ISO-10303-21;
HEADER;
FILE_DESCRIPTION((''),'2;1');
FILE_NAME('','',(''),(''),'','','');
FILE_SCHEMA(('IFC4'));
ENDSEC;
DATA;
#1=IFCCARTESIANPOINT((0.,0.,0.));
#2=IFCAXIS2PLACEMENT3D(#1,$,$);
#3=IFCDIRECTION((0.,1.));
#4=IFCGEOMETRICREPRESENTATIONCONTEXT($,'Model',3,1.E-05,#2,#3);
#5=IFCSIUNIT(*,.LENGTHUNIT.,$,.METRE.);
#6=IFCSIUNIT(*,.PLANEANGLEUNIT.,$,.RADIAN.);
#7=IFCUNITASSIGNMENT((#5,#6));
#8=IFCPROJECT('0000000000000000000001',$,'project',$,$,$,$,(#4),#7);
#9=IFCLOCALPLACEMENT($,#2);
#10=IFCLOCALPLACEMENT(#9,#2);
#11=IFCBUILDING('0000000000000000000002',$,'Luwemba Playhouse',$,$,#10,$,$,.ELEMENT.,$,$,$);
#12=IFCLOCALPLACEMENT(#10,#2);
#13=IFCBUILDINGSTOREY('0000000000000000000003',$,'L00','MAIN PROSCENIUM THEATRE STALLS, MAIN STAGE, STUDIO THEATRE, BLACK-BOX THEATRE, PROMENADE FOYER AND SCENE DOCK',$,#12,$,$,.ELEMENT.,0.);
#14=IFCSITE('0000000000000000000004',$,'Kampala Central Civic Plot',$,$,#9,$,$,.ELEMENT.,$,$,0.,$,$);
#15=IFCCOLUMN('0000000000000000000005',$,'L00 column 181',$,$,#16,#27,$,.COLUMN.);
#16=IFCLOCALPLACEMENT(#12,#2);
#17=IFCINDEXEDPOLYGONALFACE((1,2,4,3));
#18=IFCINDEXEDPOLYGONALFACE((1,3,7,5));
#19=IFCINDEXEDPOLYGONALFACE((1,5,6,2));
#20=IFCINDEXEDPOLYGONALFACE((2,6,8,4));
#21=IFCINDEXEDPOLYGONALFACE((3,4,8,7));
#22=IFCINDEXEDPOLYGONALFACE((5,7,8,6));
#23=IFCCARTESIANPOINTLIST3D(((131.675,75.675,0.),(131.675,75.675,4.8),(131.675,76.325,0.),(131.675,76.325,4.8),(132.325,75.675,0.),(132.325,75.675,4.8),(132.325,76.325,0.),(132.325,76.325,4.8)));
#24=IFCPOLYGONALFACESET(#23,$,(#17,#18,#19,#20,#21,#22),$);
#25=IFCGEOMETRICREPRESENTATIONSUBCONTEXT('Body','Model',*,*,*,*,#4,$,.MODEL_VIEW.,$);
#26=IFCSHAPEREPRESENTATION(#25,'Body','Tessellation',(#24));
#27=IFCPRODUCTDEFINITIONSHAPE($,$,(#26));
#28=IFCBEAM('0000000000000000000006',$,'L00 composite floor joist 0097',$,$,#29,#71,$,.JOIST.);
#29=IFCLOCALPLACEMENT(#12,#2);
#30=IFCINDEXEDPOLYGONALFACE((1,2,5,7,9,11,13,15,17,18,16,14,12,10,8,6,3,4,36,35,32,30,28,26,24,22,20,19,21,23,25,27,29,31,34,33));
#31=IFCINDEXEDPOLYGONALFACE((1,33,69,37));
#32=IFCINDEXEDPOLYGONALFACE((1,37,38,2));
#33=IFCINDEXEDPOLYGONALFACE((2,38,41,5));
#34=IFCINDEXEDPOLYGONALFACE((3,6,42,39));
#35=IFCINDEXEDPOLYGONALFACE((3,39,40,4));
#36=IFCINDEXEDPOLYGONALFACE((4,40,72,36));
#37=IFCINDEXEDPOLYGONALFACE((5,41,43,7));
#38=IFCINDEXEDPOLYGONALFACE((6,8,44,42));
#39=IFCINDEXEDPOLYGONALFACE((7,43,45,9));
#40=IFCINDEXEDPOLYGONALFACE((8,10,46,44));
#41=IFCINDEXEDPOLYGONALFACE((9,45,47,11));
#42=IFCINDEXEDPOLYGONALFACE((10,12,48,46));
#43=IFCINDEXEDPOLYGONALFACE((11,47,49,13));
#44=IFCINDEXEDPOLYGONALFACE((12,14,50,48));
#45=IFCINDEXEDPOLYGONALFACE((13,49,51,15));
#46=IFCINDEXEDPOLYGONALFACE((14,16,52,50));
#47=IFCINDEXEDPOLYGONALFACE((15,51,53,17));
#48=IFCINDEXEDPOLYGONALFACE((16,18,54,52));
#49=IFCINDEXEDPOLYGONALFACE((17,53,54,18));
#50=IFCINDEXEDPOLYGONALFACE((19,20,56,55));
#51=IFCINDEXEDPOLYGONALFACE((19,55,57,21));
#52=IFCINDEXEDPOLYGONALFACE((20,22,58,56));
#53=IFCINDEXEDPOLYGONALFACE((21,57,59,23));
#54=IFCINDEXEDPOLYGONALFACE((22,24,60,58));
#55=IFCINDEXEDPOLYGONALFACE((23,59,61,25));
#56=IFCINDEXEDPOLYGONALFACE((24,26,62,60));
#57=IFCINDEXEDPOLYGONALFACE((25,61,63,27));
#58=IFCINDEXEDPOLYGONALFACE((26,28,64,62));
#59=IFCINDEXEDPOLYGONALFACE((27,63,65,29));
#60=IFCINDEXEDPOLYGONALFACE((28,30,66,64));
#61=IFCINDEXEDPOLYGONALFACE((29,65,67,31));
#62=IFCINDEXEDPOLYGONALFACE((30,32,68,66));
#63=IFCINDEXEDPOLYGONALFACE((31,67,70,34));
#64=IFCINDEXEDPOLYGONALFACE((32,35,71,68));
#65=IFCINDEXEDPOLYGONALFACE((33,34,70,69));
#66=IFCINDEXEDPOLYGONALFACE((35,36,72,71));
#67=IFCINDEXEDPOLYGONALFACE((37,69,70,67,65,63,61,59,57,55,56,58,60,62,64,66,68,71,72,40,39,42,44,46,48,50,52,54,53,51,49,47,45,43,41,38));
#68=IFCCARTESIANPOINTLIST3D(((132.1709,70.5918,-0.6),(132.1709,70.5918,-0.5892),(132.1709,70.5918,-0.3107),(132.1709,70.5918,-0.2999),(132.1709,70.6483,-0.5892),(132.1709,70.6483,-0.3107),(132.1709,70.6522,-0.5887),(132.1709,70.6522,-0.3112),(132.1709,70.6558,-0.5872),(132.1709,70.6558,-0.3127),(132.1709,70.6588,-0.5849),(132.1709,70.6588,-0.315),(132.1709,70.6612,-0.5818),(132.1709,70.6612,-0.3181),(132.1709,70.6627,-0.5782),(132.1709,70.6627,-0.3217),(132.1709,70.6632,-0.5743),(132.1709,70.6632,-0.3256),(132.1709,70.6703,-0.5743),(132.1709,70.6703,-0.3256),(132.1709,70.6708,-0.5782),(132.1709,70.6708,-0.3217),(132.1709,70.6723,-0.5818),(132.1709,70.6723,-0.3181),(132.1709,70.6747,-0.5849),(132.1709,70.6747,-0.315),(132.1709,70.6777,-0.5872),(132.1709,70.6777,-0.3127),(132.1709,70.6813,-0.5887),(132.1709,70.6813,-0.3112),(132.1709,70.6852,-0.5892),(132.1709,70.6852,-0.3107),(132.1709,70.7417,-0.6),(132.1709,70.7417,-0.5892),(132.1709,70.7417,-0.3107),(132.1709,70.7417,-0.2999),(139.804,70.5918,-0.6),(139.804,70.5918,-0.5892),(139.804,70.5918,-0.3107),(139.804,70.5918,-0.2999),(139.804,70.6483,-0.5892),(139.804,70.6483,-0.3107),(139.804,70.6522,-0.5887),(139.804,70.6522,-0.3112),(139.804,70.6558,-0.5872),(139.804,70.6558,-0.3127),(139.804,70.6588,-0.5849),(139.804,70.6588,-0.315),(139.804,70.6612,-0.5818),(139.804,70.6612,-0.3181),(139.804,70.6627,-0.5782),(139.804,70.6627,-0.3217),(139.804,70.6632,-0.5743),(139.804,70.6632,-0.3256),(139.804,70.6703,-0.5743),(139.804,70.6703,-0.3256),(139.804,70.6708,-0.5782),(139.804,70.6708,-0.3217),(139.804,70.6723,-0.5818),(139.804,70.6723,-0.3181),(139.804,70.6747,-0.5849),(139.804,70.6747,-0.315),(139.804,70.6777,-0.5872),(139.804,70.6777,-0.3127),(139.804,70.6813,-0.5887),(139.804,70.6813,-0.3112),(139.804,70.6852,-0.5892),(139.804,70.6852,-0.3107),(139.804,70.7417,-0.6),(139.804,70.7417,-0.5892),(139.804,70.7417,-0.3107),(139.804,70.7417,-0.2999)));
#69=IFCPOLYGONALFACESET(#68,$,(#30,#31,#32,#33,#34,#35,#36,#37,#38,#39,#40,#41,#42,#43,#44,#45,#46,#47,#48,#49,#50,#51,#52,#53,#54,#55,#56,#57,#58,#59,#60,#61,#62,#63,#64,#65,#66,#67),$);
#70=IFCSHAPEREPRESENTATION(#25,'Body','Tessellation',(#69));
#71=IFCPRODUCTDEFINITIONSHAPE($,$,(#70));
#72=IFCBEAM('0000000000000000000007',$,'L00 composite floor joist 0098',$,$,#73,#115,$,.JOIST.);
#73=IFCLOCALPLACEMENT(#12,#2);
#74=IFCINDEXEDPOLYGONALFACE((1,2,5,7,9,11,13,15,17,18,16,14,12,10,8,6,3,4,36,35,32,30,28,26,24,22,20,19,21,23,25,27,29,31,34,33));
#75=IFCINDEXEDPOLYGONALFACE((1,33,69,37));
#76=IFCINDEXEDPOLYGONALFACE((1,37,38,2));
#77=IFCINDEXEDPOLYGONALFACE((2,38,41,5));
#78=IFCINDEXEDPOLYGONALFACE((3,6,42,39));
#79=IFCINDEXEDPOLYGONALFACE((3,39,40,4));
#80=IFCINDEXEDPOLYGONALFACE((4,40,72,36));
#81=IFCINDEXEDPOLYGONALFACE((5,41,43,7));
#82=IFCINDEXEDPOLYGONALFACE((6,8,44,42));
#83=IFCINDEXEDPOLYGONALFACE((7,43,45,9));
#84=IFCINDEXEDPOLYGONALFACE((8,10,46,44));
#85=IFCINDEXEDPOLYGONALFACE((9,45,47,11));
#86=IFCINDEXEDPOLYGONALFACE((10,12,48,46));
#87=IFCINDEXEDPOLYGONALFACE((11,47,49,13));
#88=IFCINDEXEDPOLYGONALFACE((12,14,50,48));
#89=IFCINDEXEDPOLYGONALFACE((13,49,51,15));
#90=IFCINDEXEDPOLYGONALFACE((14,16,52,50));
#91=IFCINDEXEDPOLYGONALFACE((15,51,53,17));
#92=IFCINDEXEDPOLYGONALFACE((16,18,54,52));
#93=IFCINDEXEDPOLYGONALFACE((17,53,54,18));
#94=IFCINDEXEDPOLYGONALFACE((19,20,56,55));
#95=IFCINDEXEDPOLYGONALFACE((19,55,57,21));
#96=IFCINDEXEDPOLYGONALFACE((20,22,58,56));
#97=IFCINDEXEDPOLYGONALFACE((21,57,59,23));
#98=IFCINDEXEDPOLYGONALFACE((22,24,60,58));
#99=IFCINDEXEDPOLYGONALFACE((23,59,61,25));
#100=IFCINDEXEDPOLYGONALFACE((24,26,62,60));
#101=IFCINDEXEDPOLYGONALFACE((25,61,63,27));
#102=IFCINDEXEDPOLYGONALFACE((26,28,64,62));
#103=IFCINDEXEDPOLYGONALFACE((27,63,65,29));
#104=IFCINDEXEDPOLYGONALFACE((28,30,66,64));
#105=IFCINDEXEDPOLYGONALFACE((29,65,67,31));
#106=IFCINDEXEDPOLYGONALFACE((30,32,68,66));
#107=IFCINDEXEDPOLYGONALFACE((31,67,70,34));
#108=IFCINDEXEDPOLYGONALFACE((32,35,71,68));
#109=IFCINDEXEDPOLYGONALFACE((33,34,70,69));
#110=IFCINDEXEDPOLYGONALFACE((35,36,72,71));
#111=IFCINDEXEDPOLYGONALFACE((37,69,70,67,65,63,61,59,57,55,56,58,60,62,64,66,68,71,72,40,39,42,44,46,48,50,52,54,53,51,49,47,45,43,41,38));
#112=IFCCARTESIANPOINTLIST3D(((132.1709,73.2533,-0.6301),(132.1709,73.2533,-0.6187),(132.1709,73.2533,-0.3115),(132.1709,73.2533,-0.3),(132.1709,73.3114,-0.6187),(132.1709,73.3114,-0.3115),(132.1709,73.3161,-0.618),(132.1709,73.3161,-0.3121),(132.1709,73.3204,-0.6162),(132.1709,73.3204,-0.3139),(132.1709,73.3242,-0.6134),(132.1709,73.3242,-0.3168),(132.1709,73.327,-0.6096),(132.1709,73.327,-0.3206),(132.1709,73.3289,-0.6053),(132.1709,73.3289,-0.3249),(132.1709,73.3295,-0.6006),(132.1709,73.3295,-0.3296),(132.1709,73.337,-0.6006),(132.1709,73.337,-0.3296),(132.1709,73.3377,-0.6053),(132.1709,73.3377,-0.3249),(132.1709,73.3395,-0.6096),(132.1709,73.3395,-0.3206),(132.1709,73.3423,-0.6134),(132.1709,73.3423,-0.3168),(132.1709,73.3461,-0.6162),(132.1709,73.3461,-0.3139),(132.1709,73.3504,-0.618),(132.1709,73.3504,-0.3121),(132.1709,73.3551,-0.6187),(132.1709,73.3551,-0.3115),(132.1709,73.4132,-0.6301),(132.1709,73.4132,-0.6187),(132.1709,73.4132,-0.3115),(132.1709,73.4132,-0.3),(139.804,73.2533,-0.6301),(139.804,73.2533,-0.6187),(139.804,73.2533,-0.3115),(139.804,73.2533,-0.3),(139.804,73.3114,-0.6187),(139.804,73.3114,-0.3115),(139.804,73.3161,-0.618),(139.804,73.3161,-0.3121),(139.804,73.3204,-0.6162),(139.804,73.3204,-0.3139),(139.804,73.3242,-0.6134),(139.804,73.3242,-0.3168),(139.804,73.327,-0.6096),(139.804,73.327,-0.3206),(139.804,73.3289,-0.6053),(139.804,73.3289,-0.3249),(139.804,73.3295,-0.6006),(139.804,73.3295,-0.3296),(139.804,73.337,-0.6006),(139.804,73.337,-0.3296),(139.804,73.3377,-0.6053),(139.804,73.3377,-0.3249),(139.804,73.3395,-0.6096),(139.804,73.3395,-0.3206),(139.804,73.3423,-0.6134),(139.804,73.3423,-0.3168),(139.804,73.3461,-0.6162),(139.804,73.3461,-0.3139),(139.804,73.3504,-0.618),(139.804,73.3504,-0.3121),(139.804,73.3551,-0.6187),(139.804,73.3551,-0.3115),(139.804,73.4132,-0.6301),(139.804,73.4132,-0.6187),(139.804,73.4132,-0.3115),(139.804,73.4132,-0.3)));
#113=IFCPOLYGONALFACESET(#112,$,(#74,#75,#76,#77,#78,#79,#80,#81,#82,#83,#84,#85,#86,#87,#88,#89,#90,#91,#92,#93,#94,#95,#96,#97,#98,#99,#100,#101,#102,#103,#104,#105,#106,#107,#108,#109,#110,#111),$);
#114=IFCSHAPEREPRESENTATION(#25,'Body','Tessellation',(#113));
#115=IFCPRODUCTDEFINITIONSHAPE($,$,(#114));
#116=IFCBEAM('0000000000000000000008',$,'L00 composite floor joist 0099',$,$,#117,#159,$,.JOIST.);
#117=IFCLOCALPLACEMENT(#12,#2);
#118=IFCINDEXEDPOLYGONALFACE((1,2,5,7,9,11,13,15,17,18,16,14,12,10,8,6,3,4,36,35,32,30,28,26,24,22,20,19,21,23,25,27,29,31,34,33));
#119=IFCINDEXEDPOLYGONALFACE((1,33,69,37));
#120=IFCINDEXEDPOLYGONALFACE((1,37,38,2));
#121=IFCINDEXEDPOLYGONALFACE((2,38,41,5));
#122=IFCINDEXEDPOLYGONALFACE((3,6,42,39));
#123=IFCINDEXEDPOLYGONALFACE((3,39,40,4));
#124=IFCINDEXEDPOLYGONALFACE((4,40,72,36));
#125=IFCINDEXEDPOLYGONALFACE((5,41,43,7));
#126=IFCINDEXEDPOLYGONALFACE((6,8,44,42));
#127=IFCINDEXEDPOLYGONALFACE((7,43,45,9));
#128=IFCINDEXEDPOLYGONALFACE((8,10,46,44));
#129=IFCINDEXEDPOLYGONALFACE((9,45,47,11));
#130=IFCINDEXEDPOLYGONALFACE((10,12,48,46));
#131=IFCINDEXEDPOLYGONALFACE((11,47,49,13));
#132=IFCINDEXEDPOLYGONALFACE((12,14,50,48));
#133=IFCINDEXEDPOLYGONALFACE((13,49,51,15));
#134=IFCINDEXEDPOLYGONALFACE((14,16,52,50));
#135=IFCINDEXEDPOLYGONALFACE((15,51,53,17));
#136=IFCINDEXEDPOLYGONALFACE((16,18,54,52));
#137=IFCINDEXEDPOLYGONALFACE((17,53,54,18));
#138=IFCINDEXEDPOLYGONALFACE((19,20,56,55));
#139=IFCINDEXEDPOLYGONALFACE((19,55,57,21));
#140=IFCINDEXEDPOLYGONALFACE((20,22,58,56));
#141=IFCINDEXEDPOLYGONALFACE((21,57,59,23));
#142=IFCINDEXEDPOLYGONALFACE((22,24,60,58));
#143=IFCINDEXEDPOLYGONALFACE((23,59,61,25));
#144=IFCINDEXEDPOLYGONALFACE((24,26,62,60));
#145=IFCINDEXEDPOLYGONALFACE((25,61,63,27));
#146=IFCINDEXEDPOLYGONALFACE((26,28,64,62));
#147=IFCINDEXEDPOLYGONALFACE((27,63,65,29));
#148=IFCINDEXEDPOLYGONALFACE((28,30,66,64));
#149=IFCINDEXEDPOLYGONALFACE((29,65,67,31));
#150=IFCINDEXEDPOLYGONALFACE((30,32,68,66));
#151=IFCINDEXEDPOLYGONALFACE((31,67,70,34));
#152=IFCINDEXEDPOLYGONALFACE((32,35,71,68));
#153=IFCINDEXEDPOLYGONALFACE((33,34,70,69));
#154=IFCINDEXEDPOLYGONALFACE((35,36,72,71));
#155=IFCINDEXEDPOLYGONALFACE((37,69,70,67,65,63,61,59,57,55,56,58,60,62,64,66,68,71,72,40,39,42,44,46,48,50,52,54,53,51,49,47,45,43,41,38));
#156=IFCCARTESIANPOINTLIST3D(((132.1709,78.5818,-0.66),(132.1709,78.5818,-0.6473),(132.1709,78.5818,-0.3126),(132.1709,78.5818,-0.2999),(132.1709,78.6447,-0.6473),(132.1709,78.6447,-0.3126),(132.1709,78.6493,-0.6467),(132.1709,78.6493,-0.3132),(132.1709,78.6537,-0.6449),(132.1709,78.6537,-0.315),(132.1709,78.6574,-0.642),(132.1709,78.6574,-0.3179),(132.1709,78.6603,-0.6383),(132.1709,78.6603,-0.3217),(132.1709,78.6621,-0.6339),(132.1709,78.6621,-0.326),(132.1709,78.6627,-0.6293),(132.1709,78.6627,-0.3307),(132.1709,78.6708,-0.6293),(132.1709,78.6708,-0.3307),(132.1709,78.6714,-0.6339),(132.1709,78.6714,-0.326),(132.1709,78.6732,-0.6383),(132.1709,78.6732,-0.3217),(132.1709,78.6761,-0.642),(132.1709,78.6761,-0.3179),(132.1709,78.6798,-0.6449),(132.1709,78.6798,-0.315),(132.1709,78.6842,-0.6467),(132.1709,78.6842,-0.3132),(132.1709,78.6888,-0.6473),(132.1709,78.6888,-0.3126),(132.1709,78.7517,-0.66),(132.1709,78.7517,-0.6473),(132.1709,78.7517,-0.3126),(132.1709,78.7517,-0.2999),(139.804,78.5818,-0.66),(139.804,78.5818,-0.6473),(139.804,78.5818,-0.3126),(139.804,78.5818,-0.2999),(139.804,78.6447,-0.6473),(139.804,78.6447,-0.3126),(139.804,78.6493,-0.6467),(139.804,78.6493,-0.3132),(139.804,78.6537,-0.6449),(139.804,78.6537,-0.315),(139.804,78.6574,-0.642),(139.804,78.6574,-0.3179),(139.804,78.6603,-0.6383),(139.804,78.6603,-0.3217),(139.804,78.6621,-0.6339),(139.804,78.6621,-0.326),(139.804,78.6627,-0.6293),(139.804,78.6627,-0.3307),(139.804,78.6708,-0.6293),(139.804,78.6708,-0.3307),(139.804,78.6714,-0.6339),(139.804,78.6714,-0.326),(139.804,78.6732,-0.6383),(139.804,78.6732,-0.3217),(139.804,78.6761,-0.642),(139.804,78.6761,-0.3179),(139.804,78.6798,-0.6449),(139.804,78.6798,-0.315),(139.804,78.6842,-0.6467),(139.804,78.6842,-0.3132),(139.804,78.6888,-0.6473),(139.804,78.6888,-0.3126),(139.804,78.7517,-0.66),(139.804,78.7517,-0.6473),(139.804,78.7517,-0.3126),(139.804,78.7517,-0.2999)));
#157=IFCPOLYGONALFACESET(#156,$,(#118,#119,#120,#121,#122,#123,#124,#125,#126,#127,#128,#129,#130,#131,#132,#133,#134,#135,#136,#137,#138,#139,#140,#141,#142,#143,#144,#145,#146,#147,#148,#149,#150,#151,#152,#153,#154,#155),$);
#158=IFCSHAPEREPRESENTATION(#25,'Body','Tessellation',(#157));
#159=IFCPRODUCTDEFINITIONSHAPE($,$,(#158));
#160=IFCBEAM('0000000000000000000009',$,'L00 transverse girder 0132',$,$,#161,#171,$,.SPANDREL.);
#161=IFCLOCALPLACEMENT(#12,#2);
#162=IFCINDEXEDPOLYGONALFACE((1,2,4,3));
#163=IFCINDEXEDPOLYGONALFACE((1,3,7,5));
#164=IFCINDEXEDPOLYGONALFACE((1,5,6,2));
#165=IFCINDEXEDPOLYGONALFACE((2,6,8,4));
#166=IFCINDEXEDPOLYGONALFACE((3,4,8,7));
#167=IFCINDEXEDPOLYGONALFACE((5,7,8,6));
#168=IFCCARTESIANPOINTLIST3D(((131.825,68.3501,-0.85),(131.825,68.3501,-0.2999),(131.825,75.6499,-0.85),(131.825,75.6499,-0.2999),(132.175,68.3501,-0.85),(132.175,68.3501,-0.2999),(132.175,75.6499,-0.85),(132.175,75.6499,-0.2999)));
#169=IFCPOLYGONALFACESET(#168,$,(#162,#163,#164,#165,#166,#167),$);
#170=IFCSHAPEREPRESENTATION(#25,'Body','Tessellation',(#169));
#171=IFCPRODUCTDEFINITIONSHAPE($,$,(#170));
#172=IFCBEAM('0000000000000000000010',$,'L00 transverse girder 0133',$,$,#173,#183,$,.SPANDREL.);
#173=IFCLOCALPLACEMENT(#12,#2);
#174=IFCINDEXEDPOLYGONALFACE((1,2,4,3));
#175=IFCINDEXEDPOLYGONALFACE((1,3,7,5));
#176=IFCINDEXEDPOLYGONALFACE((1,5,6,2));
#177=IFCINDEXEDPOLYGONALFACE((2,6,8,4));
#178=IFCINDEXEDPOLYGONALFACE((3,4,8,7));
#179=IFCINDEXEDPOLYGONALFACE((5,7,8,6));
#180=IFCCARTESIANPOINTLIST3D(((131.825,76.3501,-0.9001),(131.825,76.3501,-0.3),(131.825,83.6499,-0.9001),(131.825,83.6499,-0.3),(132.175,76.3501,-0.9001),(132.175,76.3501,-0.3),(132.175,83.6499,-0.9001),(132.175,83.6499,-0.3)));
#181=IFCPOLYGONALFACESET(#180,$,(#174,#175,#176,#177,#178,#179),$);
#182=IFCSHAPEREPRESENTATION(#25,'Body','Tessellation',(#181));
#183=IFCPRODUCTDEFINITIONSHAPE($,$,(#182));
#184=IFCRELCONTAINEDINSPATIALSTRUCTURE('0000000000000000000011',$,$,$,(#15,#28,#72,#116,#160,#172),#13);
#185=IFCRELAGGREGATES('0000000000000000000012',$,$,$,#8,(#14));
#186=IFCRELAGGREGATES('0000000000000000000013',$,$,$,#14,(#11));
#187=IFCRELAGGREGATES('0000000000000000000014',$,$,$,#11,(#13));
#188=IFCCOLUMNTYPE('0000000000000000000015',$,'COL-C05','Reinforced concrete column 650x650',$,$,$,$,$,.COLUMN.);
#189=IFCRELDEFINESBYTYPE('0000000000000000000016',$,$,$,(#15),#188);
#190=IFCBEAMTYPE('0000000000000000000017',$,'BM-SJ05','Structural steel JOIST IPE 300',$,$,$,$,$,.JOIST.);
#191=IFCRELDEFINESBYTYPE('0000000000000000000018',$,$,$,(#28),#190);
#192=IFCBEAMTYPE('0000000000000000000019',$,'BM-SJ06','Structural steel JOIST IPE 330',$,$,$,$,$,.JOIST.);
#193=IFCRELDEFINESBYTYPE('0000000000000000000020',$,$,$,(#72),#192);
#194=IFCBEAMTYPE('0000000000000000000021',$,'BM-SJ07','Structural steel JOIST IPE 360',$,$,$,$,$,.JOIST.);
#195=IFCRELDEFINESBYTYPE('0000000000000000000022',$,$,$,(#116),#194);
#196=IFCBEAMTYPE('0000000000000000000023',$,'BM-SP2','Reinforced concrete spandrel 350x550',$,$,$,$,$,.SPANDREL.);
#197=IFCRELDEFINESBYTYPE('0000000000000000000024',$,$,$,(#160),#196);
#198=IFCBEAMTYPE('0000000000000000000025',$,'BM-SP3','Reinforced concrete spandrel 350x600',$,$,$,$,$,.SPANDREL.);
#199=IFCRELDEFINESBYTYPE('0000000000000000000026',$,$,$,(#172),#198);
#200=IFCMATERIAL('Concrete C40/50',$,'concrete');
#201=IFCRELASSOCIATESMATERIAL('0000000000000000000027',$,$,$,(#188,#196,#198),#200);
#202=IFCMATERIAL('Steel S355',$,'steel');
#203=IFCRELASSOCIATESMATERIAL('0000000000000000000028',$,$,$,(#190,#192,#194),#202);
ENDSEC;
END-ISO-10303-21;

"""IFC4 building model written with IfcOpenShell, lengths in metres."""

from ifc_helpers import new_model, si_unit, direction, frame, origin, origin_2d, place, context, subcontext, project, spatial, rectangle, i_section, extrude, material, material_profile, profile_set, type_object, element, save


model = new_model("IFC4")

# Units and contexts
model_context = context("Model", 3, precision=1e-05, world=origin(), true_north=direction((0.0, 1.0)))
body_context = subcontext(model_context, "Body", "Model", "MODEL_VIEW")
ifc_project = project(units=[si_unit("LENGTHUNIT", "METRE"), si_unit("PLANEANGLEUNIT", "RADIAN")], contexts=[model_context])

# Site, building, storey
site_placement = place(None, origin())
site = spatial("IfcSite", under=ifc_project, at=site_placement, Name="Kampala Central Civic Plot", CompositionType="ELEMENT", RefElevation=0.0)
building_placement = place(site_placement, origin())
building = spatial("IfcBuilding", under=site, at=building_placement, Name="Luwemba Playhouse", CompositionType="ELEMENT")
storey_placement = place(building_placement, origin())
storey = spatial("IfcBuildingStorey", under=building, at=storey_placement, Name="L00", Description="MAIN PROSCENIUM THEATRE STALLS, MAIN STAGE, STUDIO THEATRE, BLACK-BOX THEATRE, PROMENADE FOYER AND SCENE DOCK", CompositionType="ELEMENT", Elevation=0.0)

# Column
ifc_material_1 = material(Name="Concrete C40/50", Category="concrete")
ifc_material_profile_1 = material_profile(ifc_material_1, rectangle(XDim=0.6499, YDim=0.6499, at=origin_2d()))
ifc_profile_set_1 = profile_set([ifc_material_profile_1], Name="Concrete C40/50")
column_type = type_object("IfcColumnType", Name="COL-C05", Description="Reinforced concrete column 650x650", PredefinedType="COLUMN", material=ifc_profile_set_1)
column_placement = place(storey_placement, frame((132.0, 76.0, 0.0), z_axis=(0.0, 0.0, 1.0), x_axis=(1.0, 0.0, 0.0)))
element("IfcColumn", 1, at=column_placement, inside=storey, type_object=column_type, Name="L00 column 181", PredefinedType="COLUMN", context=body_context, shape_type="SweptSolid", body=[
    extrude(rectangle(XDim=0.6499, YDim=0.6499, at=origin_2d()), origin(), (0.0, 0.0, 1.0), 4.8),
])

# Beams
ifc_material_2 = material(Name="Steel S355", Category="steel")
ifc_material_profile_2 = material_profile(ifc_material_2, i_section(OverallWidth=0.1499, OverallDepth=0.3, WebThickness=0.0071, FlangeThickness=0.0107, FilletRadius=0.0149, at=origin_2d()))
ifc_profile_set_2 = profile_set([ifc_material_profile_2], Name="Steel S355")
beam_type_1 = type_object("IfcBeamType", Name="BM-SJ05", Description="Structural steel JOIST IPE 300", PredefinedType="JOIST", material=ifc_profile_set_2)
beam_1_placement = place(storey_placement, frame((132.1709, 70.6667, -0.45), z_axis=(1.0, 0.0, 0.0), x_axis=(0.0, 1.0, 0.0)))
element("IfcBeam", 2, at=beam_1_placement, inside=storey, type_object=beam_type_1, Name="L00 composite floor joist 0097", PredefinedType="JOIST", context=body_context, shape_type="SweptSolid", body=[
    extrude(i_section(OverallWidth=0.1499, OverallDepth=0.3, WebThickness=0.0071, FlangeThickness=0.0107, FilletRadius=0.0149, at=origin_2d()), origin(), (0.0, 0.0, 1.0), 7.6331),
])
ifc_material_profile_3 = material_profile(ifc_material_2, i_section(OverallWidth=0.1599, OverallDepth=0.3301, WebThickness=0.0076, FlangeThickness=0.0115, FilletRadius=0.0181, at=origin_2d()))
ifc_profile_set_3 = profile_set([ifc_material_profile_3], Name="Steel S355")
beam_type_2 = type_object("IfcBeamType", Name="BM-SJ06", Description="Structural steel JOIST IPE 330", PredefinedType="JOIST", material=ifc_profile_set_3)
beam_2_placement = place(storey_placement, frame((132.1709, 73.3333, -0.4651), z_axis=(1.0, 0.0, 0.0), x_axis=(0.0, 1.0, 0.0)))
element("IfcBeam", 3, at=beam_2_placement, inside=storey, type_object=beam_type_2, Name="L00 composite floor joist 0098", PredefinedType="JOIST", context=body_context, shape_type="SweptSolid", body=[
    extrude(i_section(OverallWidth=0.1599, OverallDepth=0.3301, WebThickness=0.0076, FlangeThickness=0.0115, FilletRadius=0.0181, at=origin_2d()), origin(), (0.0, 0.0, 1.0), 7.6331),
])
ifc_material_profile_4 = material_profile(ifc_material_2, i_section(OverallWidth=0.1699, OverallDepth=0.3601, WebThickness=0.0081, FlangeThickness=0.0127, FilletRadius=0.0181, at=origin_2d()))
ifc_profile_set_4 = profile_set([ifc_material_profile_4], Name="Steel S355")
beam_type_3 = type_object("IfcBeamType", Name="BM-SJ07", Description="Structural steel JOIST IPE 360", PredefinedType="JOIST", material=ifc_profile_set_4)
beam_3_placement = place(storey_placement, frame((132.1709, 78.6667, -0.48), z_axis=(1.0, 0.0, 0.0), x_axis=(0.0, 1.0, 0.0)))
element("IfcBeam", 4, at=beam_3_placement, inside=storey, type_object=beam_type_3, Name="L00 composite floor joist 0099", PredefinedType="JOIST", context=body_context, shape_type="SweptSolid", body=[
    extrude(i_section(OverallWidth=0.1699, OverallDepth=0.3601, WebThickness=0.0081, FlangeThickness=0.0127, FilletRadius=0.0181, at=origin_2d()), origin(), (0.0, 0.0, 1.0), 7.6331),
])
ifc_material_profile_5 = material_profile(ifc_material_1, rectangle(XDim=0.3501, YDim=0.55, at=origin_2d()))
ifc_profile_set_5 = profile_set([ifc_material_profile_5], Name="Concrete C40/50")
beam_type_4 = type_object("IfcBeamType", Name="BM-SP2", Description="Reinforced concrete spandrel 350x550", PredefinedType="SPANDREL", material=ifc_profile_set_5)
beam_4_placement = place(storey_placement, frame((132.0, 68.3501, -0.575), z_axis=(0.0, 1.0, 0.0), x_axis=(-1.0, 0.0, 0.0)))
element("IfcBeam", 5, at=beam_4_placement, inside=storey, type_object=beam_type_4, Name="L00 transverse girder 0132", PredefinedType="SPANDREL", context=body_context, shape_type="SweptSolid", body=[
    extrude(rectangle(XDim=0.3501, YDim=0.55, at=origin_2d()), origin(), (0.0, 0.0, 1.0), 7.2998),
])
ifc_material_profile_6 = material_profile(ifc_material_1, rectangle(XDim=0.3501, YDim=0.6001, at=origin_2d()))
ifc_profile_set_6 = profile_set([ifc_material_profile_6], Name="Concrete C40/50")
beam_type_5 = type_object("IfcBeamType", Name="BM-SP3", Description="Reinforced concrete spandrel 350x600", PredefinedType="SPANDREL", material=ifc_profile_set_6)
beam_5_placement = place(storey_placement, frame((132.0, 76.3501, -0.6001), z_axis=(0.0, 1.0, 0.0), x_axis=(-1.0, 0.0, 0.0)))
element("IfcBeam", 6, at=beam_5_placement, inside=storey, type_object=beam_type_5, Name="L00 transverse girder 0133", PredefinedType="SPANDREL", context=body_context, shape_type="SweptSolid", body=[
    extrude(rectangle(XDim=0.3501, YDim=0.6001, at=origin_2d()), origin(), (0.0, 0.0, 1.0), 7.2998),
])

save(model, "model.ifc")
